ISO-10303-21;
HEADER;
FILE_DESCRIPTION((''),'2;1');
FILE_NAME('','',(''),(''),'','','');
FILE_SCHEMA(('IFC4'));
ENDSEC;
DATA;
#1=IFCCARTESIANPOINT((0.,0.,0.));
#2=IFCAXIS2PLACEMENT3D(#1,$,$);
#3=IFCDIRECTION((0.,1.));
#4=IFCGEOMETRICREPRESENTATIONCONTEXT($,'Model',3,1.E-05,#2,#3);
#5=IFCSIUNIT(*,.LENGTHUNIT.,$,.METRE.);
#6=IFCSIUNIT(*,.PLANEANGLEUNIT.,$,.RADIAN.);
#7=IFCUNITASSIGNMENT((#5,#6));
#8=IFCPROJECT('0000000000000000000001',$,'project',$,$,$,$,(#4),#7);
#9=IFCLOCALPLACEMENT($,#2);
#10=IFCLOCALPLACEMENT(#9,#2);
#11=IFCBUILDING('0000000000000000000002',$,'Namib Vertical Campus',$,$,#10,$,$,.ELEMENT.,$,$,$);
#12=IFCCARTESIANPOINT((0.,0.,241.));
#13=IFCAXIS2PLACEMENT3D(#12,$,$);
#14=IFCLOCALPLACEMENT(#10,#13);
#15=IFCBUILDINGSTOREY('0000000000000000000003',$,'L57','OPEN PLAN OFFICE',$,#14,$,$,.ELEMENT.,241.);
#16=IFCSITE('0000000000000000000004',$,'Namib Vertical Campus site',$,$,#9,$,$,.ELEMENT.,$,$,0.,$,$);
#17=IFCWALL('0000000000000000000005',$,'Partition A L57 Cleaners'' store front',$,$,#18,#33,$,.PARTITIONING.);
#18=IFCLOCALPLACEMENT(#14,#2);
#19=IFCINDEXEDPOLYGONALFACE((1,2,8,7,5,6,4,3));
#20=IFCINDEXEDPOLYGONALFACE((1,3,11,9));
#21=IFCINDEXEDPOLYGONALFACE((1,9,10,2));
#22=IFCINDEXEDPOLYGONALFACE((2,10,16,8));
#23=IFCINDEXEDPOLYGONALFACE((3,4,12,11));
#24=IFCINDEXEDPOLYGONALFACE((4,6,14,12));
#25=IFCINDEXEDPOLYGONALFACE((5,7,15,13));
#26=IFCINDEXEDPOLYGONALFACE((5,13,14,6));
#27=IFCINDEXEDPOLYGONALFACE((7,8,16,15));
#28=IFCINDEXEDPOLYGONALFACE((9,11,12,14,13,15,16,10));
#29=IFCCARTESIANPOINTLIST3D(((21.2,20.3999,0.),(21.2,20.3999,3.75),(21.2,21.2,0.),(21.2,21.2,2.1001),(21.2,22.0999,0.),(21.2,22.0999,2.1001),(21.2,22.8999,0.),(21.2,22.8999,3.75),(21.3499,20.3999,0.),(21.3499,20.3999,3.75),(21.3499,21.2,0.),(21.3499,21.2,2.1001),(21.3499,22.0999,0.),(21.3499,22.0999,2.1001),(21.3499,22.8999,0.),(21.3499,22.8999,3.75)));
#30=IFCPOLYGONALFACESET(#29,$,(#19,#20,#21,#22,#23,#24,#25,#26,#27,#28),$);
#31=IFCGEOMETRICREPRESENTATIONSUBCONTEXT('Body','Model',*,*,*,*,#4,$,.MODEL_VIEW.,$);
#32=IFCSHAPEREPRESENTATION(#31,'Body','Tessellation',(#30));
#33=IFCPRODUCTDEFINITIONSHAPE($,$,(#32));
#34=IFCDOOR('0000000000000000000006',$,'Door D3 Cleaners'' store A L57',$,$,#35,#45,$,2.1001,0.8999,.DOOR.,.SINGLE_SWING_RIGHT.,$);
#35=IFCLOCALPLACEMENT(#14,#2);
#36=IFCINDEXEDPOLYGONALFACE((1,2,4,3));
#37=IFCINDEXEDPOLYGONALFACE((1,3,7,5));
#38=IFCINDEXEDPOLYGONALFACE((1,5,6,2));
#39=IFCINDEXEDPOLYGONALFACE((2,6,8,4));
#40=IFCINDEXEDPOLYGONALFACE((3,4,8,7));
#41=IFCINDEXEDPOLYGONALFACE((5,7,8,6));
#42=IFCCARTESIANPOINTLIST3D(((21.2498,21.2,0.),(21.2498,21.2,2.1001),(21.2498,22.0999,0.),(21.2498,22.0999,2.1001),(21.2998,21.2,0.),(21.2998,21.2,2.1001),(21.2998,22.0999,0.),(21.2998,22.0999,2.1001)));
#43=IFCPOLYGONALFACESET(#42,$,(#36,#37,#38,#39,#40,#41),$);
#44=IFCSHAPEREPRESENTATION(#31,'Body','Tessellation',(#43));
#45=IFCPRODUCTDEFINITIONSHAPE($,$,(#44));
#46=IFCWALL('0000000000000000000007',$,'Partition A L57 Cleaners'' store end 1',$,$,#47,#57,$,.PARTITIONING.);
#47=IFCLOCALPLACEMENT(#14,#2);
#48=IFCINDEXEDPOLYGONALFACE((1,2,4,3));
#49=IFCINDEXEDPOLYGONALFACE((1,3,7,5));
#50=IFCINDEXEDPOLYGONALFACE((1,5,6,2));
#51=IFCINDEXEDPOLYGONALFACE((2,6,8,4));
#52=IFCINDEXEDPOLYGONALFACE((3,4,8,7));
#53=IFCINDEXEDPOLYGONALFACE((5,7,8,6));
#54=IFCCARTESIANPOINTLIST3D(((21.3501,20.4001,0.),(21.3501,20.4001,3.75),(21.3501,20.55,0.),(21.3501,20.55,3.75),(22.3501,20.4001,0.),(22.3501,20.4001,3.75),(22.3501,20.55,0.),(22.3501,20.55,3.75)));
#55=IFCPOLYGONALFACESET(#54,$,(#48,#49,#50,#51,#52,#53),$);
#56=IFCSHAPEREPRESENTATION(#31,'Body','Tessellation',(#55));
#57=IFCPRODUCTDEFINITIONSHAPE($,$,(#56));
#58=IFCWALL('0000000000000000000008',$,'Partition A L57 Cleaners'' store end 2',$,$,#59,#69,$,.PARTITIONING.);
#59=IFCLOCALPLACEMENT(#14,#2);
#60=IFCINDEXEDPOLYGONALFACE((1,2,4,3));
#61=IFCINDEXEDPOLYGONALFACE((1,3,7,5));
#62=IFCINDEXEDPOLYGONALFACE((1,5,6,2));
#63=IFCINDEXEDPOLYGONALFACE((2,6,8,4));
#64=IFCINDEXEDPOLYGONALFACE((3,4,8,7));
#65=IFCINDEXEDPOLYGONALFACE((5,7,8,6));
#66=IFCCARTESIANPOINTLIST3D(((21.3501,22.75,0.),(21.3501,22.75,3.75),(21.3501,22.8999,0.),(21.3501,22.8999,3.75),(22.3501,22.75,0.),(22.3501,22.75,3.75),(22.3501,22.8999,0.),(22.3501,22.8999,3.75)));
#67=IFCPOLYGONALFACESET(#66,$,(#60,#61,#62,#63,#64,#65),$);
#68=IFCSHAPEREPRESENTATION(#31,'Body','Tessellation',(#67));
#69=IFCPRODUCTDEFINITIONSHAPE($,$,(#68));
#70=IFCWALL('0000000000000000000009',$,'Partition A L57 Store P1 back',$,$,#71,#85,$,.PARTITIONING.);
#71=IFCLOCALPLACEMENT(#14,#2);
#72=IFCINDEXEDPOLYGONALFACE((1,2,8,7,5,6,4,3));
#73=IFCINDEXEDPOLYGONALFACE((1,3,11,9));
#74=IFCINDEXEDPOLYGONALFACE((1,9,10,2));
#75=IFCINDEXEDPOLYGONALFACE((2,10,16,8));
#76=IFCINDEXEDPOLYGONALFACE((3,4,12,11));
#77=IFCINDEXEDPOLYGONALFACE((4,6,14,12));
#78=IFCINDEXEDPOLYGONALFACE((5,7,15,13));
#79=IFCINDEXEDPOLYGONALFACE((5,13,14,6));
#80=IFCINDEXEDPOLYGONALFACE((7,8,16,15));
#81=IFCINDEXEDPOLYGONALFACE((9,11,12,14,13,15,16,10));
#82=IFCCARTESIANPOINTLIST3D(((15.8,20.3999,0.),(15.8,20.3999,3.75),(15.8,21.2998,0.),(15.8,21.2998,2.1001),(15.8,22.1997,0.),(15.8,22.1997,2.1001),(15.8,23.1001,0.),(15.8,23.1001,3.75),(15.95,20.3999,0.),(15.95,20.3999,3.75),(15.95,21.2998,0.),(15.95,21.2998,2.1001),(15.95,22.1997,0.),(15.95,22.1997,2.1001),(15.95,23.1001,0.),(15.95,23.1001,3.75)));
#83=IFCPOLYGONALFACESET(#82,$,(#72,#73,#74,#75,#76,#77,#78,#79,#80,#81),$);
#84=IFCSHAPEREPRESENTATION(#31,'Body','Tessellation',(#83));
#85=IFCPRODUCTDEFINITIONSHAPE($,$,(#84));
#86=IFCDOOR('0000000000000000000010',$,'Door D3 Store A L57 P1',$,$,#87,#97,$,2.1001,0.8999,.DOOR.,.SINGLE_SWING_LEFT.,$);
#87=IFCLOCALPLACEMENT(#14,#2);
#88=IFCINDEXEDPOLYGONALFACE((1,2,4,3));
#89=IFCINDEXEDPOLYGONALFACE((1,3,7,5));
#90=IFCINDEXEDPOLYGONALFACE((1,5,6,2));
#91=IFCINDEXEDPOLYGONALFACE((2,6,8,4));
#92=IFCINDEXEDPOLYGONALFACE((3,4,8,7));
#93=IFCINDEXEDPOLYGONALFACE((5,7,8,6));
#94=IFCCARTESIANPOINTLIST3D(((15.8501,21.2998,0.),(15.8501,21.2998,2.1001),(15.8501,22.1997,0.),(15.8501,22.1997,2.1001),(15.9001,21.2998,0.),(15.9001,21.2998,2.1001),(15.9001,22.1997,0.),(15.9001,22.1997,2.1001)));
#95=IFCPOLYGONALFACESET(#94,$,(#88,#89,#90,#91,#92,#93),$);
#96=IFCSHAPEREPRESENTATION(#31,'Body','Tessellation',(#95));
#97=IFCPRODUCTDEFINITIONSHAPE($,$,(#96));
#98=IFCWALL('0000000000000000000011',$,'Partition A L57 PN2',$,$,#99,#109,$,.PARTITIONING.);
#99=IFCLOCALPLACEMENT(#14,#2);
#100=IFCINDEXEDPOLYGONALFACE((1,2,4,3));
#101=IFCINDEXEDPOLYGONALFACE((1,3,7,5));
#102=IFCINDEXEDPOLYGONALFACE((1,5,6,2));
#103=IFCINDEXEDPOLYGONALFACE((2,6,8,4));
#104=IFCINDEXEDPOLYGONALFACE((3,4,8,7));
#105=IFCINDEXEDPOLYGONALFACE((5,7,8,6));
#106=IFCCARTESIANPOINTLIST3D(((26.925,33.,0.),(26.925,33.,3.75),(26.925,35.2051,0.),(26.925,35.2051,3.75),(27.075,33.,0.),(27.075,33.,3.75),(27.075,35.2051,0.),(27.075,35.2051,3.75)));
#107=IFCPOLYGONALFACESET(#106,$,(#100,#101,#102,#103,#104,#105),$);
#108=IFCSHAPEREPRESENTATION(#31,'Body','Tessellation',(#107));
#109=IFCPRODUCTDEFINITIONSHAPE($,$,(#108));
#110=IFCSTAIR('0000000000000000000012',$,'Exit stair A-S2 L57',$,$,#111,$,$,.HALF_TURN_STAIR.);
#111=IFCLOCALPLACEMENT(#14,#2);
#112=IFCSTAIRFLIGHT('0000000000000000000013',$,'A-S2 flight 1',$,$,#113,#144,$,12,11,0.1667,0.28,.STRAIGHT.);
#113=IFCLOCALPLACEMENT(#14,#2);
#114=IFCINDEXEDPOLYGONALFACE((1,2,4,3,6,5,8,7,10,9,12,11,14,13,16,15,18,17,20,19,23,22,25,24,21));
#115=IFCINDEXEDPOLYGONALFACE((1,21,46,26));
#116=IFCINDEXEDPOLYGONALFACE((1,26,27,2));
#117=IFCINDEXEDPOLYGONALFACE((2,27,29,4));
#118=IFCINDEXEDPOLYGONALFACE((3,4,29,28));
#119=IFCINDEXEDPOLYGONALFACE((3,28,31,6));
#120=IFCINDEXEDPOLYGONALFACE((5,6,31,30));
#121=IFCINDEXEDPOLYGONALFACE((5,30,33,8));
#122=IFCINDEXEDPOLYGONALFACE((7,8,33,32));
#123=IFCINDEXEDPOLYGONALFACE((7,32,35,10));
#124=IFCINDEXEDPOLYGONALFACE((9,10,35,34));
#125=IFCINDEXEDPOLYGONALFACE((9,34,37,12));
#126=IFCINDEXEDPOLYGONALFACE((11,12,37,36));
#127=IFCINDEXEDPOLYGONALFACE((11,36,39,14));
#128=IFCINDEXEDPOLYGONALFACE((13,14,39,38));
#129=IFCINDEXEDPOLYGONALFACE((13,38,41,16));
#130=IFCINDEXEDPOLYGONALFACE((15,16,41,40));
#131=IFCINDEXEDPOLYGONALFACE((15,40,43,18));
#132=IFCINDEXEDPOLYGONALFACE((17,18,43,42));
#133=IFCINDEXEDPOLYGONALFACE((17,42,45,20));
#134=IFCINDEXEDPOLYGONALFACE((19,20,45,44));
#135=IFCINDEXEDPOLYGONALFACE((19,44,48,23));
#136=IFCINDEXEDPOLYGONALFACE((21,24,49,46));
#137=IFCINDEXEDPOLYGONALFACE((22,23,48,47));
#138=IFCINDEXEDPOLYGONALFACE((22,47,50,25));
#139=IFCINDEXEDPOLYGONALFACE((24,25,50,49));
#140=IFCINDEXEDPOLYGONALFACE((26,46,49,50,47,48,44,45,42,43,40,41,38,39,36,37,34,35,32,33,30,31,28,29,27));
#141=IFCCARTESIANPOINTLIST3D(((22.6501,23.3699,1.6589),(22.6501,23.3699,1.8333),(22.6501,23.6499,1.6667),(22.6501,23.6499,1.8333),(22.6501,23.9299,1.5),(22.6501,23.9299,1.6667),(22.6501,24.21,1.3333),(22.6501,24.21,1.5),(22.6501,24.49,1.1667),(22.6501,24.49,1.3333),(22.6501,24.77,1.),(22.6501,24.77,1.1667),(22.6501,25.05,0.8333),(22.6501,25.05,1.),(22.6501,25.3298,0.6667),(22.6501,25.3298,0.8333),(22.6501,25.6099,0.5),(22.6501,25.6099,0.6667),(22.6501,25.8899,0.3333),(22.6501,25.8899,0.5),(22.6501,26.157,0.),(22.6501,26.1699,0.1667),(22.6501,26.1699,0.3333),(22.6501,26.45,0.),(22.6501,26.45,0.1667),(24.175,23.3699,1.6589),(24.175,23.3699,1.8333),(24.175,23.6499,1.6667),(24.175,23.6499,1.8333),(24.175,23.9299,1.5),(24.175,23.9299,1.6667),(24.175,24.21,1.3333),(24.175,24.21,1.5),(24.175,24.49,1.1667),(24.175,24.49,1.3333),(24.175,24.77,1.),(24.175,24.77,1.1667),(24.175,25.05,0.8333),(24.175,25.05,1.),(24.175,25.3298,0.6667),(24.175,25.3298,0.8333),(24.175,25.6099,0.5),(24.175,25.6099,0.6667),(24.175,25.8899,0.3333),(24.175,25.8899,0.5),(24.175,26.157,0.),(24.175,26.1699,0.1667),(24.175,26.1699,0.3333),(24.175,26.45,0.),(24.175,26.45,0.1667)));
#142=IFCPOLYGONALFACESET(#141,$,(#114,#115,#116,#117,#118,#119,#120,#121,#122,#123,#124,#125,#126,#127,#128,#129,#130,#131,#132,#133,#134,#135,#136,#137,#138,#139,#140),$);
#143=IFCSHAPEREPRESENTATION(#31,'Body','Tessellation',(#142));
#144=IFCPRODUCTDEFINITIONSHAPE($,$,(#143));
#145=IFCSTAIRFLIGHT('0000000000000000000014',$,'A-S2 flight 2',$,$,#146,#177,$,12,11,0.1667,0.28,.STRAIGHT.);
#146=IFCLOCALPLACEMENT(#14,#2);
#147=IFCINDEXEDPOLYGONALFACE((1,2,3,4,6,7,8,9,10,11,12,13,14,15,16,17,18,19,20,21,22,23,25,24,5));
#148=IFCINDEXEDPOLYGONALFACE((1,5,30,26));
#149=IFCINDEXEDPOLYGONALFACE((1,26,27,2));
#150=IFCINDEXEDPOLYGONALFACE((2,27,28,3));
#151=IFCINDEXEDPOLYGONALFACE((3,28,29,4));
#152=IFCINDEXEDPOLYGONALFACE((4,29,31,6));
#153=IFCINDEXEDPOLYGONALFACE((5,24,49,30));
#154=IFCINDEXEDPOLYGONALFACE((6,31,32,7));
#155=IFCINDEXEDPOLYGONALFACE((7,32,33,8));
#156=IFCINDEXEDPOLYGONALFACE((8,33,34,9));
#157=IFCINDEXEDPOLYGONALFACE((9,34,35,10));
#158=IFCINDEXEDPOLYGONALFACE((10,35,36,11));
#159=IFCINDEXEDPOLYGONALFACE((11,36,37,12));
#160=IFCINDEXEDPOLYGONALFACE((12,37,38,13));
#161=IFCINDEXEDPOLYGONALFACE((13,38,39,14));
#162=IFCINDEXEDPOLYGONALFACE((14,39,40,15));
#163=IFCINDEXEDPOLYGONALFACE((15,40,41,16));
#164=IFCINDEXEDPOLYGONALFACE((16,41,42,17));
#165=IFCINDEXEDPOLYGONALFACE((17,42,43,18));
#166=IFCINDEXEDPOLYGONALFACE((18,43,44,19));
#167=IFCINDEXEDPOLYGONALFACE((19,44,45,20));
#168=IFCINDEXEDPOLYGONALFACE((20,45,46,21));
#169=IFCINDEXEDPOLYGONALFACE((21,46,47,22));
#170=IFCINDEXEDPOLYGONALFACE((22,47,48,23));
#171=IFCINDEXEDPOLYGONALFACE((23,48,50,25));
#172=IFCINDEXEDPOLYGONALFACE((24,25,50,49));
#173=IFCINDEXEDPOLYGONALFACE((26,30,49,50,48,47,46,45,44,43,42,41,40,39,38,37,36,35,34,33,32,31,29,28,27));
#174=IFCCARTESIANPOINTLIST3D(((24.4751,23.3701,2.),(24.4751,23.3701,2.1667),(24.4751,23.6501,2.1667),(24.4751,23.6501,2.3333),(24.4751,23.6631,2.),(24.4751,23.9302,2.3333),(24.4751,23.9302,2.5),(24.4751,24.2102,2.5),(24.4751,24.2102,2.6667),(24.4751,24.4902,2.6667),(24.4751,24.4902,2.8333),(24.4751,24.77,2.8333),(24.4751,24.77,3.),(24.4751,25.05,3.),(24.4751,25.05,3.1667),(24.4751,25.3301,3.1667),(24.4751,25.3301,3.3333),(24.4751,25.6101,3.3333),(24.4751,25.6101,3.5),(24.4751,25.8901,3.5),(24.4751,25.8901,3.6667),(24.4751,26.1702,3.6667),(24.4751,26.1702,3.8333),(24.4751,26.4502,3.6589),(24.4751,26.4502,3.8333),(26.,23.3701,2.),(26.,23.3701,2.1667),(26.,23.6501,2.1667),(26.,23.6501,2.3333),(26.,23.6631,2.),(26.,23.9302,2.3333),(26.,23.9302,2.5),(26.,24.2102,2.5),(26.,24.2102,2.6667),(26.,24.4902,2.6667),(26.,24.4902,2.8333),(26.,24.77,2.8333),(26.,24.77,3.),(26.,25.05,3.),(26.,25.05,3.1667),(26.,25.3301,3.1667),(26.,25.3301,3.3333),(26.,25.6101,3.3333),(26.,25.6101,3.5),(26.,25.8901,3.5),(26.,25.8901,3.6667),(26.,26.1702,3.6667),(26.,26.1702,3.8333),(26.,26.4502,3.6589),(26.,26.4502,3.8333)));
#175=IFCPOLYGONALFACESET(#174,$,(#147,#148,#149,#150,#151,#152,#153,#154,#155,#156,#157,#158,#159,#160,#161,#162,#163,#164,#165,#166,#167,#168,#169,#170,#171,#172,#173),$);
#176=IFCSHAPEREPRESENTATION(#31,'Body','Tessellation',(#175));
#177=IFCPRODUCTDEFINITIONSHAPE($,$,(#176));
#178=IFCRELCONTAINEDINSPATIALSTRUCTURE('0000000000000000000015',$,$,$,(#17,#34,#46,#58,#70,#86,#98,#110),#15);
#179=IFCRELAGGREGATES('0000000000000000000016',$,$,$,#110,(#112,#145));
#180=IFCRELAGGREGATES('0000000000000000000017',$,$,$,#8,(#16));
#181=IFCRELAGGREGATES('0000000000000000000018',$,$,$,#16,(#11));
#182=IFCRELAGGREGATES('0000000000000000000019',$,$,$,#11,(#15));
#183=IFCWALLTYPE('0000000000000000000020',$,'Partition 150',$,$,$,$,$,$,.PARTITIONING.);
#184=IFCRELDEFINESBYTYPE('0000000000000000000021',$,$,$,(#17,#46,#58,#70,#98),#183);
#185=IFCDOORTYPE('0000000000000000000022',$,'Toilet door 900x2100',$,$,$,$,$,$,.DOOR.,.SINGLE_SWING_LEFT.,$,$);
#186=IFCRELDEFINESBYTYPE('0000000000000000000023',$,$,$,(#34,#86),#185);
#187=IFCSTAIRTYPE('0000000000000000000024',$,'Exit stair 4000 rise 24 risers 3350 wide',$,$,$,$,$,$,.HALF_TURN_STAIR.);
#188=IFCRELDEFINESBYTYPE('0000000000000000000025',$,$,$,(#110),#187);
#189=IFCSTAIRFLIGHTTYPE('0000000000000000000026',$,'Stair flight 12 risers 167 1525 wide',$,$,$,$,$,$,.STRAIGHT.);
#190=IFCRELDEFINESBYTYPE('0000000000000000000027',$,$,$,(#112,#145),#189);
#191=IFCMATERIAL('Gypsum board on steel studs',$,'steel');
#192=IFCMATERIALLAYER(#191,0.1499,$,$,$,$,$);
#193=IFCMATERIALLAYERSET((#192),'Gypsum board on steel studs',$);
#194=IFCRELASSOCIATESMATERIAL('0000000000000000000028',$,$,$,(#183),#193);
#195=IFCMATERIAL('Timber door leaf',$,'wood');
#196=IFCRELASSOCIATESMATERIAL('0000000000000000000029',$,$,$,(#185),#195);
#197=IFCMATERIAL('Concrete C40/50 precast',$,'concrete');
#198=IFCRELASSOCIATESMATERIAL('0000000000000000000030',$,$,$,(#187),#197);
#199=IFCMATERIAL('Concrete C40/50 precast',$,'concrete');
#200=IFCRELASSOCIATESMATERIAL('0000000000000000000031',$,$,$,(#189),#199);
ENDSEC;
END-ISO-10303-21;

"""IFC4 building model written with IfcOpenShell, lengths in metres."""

from ifc_helpers import new_model, si_unit, direction, frame, frame_2d, origin, place, context, subcontext, project, spatial, polyline, rectangle, outline, extrude, material, layer, layer_set, type_object, element, fill, aggregate, save


model = new_model("IFC4")

# Units and contexts
model_context = context("Model", 3, precision=1e-05, world=origin(), true_north=direction((0.0, 1.0)))
body_context = subcontext(model_context, "Body", "Model", "MODEL_VIEW")
ifc_project = project(units=[si_unit("LENGTHUNIT", "METRE"), si_unit("PLANEANGLEUNIT", "RADIAN")], contexts=[model_context])

# Site, building, storey
site_placement = place(None, origin())
site = spatial("IfcSite", under=ifc_project, at=site_placement, Name="Namib Vertical Campus site", CompositionType="ELEMENT", RefElevation=0.0)
building_placement = place(site_placement, origin())
building = spatial("IfcBuilding", under=site, at=building_placement, Name="Namib Vertical Campus", CompositionType="ELEMENT")
storey_placement = place(building_placement, frame((0.0, 0.0, 241.0)))
storey = spatial("IfcBuildingStorey", under=building, at=storey_placement, Name="L57", Description="OPEN PLAN OFFICE", CompositionType="ELEMENT", Elevation=241.0)

# Wall, opening, door
ifc_material_1 = material(Name="Gypsum board on steel studs", Category="steel")
ifc_layer_1 = layer(ifc_material_1, 0.1499)
ifc_layer_set_1 = layer_set([ifc_layer_1], Name="Gypsum board on steel studs")
wall_type_1 = type_object("IfcWallType", Name="Partition 150", PredefinedType="PARTITIONING", material=ifc_layer_set_1)
wall_1_placement = place(storey_placement, frame((21.2749, 20.3999, 0.0), z_axis=(0.0, 0.0, 1.0), x_axis=(0.0, 1.0, 0.0)))
wall_1 = element("IfcWall", 1, at=wall_1_placement, inside=storey, type_object=wall_type_1, Name="Partition A L57 Cleaners' store front", PredefinedType="PARTITIONING", context=body_context, shape_type="SweptSolid", body=[
    extrude(rectangle(XDim=2.5, YDim=0.1499, at=frame_2d((1.25, 0.0))), origin(), (0.0, 0.0, 1.0), 3.75),
])
opening_1_placement = place(wall_1_placement, frame((0.8, 0.0, 0.0)))
opening_1 = element("IfcOpeningElement", 2, at=opening_1_placement, cuts=wall_1, PredefinedType="OPENING", context=body_context, shape_type="SweptSolid", body=[
    extrude(rectangle(XDim=0.8999, YDim=2.1001, at=frame_2d((0.45, 1.05))), frame((0.0, 0.085, 0.0), z_axis=(0.0, -1.0, 0.0), x_axis=(1.0, 0.0, 0.0)), (0.0, 0.0, 1.0), 0.1699),
])
ifc_material_2 = material(Name="Timber door leaf", Category="wood")
door_type_1 = type_object("IfcDoorType", Name="Toilet door 900x2100", OperationType="SINGLE_SWING_LEFT", PredefinedType="DOOR", material=ifc_material_2)
door_1_placement = place(opening_1_placement, frame((0.8999, 0.0, 0.0), z_axis=(0.0, 0.0, 1.0), x_axis=(-1.0, 0.0, 0.0)))
door_1 = element("IfcDoor", 3, at=door_1_placement, inside=storey, type_object=door_type_1, Name="Door D3 Cleaners' store A L57", OperationType="SINGLE_SWING_RIGHT", OverallHeight=2.1001, OverallWidth=0.8999, PredefinedType="DOOR", context=body_context, shape_type="SweptSolid", body=[
    extrude(rectangle(XDim=0.8999, YDim=2.1001, at=frame_2d((0.45, 1.05))), frame((0.0, 0.0249, 0.0), z_axis=(0.0, -1.0, 0.0), x_axis=(1.0, 0.0, 0.0)), (0.0, 0.0, 1.0), 0.05),
])
fill(opening_1, door_1)

# Walls
for number, where, z_axis, x_axis, name in (
    (4, (21.3501, 20.4751, 0.0), (0.0, 0.0, 1.0), (1.0, 0.0, 0.0), "Partition A L57 Cleaners' store end 1"),
    (5, (21.3501, 22.825, 0.0), (0.0, 0.0, 1.0), (1.0, 0.0, 0.0), "Partition A L57 Cleaners' store end 2"),
):
    element("IfcWall", number, at=place(storey_placement, frame(where, z_axis=z_axis, x_axis=x_axis)), inside=storey, type_object=wall_type_1, Name=name, PredefinedType="PARTITIONING", context=body_context, shape_type="SweptSolid", body=[
        extrude(rectangle(XDim=1.0, YDim=0.1499, at=frame_2d((0.5, 0.0))), origin(), (0.0, 0.0, 1.0), 3.75),
    ])

# Wall, opening, door
wall_2_placement = place(storey_placement, frame((15.875, 20.3999, 0.0), z_axis=(0.0, 0.0, 1.0), x_axis=(0.0, 1.0, 0.0)))
wall_2 = element("IfcWall", 6, at=wall_2_placement, inside=storey, type_object=wall_type_1, Name="Partition A L57 Store P1 back", PredefinedType="PARTITIONING", context=body_context, shape_type="SweptSolid", body=[
    extrude(rectangle(XDim=2.7002, YDim=0.1499, at=frame_2d((1.3501, 0.0))), origin(), (0.0, 0.0, 1.0), 3.75),
])
opening_2_placement = place(wall_2_placement, frame((0.8999, 0.0, 0.0)))
opening_2 = element("IfcOpeningElement", 7, at=opening_2_placement, cuts=wall_2, PredefinedType="OPENING", context=body_context, shape_type="SweptSolid", body=[
    extrude(rectangle(XDim=0.8999, YDim=2.1001, at=frame_2d((0.45, 1.05))), frame((0.0, 0.085, 0.0), z_axis=(0.0, -1.0, 0.0), x_axis=(1.0, 0.0, 0.0)), (0.0, 0.0, 1.0), 0.1699),
])
door_2_placement = place(opening_2_placement, origin())
door_2 = element("IfcDoor", 8, at=door_2_placement, inside=storey, type_object=door_type_1, Name="Door D3 Store A L57 P1", OperationType="SINGLE_SWING_LEFT", OverallHeight=2.1001, OverallWidth=0.8999, PredefinedType="DOOR", context=body_context, shape_type="SweptSolid", body=[
    extrude(rectangle(XDim=0.8999, YDim=2.1001, at=frame_2d((0.45, 1.05))), frame((0.0, 0.0249, 0.0), z_axis=(0.0, -1.0, 0.0), x_axis=(1.0, 0.0, 0.0)), (0.0, 0.0, 1.0), 0.05),
])
fill(opening_2, door_2)

# Wall
wall_3_placement = place(storey_placement, frame((27.0, 33.0, 0.0), z_axis=(0.0, 0.0, 1.0), x_axis=(0.0, 1.0, 0.0)))
element("IfcWall", 9, at=wall_3_placement, inside=storey, type_object=wall_type_1, Name="Partition A L57 PN2", PredefinedType="PARTITIONING", context=body_context, shape_type="SweptSolid", body=[
    extrude(rectangle(XDim=2.2051, YDim=0.1499, at=frame_2d((1.1025, 0.0))), origin(), (0.0, 0.0, 1.0), 3.75),
])

# Stair, stair flights
ifc_material_3 = material(Name="Concrete C40/50 precast", Category="concrete")
stair_type = type_object("IfcStairType", Name="Exit stair 4000 rise 24 risers 3350 wide", PredefinedType="HALF_TURN_STAIR", material=ifc_material_3)
stair_placement = place(storey_placement, origin())
stair = element("IfcStair", 10, at=stair_placement, inside=storey, type_object=stair_type, Name="Exit stair A-S2 L57", PredefinedType="HALF_TURN_STAIR")
ifc_material_4 = material(Name="Concrete C40/50 precast", Category="concrete")
stair_flight_type = type_object("IfcStairFlightType", Name="Stair flight 12 risers 167 1525 wide", PredefinedType="STRAIGHT", material=ifc_material_4)
stair_flight_1_placement = place(storey_placement, frame((23.4126, 26.45, 0.0), z_axis=(0.0, 0.0, 1.0), x_axis=(0.0, -1.0, 0.0)))
stair_flight_1 = element("IfcStairFlight", 11, at=stair_flight_1_placement, type_object=stair_flight_type, Name="A-S2 flight 1", NumberOfRisers=12, NumberOfTreads=11, PredefinedType="STRAIGHT", RiserHeight=0.1667, TreadLength=0.28, context=body_context, shape_type="SweptSolid", body=[
    extrude(outline(polyline([(0.0, 0.0), (0.0, 0.1667), (0.28, 0.1667), (0.28, 0.3333), (0.5601, 0.3333), (0.5601, 0.5), (0.8401, 0.5), (0.8401, 0.6667), (1.1201, 0.6667), (1.1201, 0.8333), (1.3999, 0.8333), (1.3999, 1.0), (1.6799, 1.0), (1.6799, 1.1667), (1.96, 1.1667), (1.96, 1.3333), (2.24, 1.3333), (2.24, 1.5), (2.52, 1.5), (2.52, 1.6667), (2.8, 1.6667), (2.8, 1.8333), (3.0801, 1.8333), (3.0801, 2.0), (3.0801, 1.6589), (0.293, 0.0), (0.0, 0.0)])), frame((0.0, 0.7625, 0.0), z_axis=(0.0, -1.0, 0.0), x_axis=(1.0, 0.0, 0.0)), (0.0, 0.0, 1.0), 1.5249),
])
stair_flight_2_placement = place(storey_placement, frame((25.2375, 23.3701, 2.0), z_axis=(0.0, 0.0, 1.0), x_axis=(0.0, 1.0, 0.0)))
stair_flight_2 = element("IfcStairFlight", 12, at=stair_flight_2_placement, type_object=stair_flight_type, Name="A-S2 flight 2", NumberOfRisers=12, NumberOfTreads=11, PredefinedType="STRAIGHT", RiserHeight=0.1667, TreadLength=0.28, context=body_context, shape_type="SweptSolid", body=[
    extrude(outline(polyline([(0.0, 0.0), (0.0, 0.1667), (0.28, 0.1667), (0.28, 0.3333), (0.5601, 0.3333), (0.5601, 0.5), (0.8401, 0.5), (0.8401, 0.6667), (1.1201, 0.6667), (1.1201, 0.8333), (1.3999, 0.8333), (1.3999, 1.0), (1.6799, 1.0), (1.6799, 1.1667), (1.96, 1.1667), (1.96, 1.3333), (2.24, 1.3333), (2.24, 1.5), (2.52, 1.5), (2.52, 1.6667), (2.8, 1.6667), (2.8, 1.8333), (3.0801, 1.8333), (3.0801, 2.0), (3.0801, 1.6589), (0.293, 0.0), (0.0, 0.0)])), frame((0.0, 0.7625, 0.0), z_axis=(0.0, -1.0, 0.0), x_axis=(1.0, 0.0, 0.0)), (0.0, 0.0, 1.0), 1.5249),
])
aggregate(stair, [stair_flight_1, stair_flight_2])

save(model, "model.ifc")
